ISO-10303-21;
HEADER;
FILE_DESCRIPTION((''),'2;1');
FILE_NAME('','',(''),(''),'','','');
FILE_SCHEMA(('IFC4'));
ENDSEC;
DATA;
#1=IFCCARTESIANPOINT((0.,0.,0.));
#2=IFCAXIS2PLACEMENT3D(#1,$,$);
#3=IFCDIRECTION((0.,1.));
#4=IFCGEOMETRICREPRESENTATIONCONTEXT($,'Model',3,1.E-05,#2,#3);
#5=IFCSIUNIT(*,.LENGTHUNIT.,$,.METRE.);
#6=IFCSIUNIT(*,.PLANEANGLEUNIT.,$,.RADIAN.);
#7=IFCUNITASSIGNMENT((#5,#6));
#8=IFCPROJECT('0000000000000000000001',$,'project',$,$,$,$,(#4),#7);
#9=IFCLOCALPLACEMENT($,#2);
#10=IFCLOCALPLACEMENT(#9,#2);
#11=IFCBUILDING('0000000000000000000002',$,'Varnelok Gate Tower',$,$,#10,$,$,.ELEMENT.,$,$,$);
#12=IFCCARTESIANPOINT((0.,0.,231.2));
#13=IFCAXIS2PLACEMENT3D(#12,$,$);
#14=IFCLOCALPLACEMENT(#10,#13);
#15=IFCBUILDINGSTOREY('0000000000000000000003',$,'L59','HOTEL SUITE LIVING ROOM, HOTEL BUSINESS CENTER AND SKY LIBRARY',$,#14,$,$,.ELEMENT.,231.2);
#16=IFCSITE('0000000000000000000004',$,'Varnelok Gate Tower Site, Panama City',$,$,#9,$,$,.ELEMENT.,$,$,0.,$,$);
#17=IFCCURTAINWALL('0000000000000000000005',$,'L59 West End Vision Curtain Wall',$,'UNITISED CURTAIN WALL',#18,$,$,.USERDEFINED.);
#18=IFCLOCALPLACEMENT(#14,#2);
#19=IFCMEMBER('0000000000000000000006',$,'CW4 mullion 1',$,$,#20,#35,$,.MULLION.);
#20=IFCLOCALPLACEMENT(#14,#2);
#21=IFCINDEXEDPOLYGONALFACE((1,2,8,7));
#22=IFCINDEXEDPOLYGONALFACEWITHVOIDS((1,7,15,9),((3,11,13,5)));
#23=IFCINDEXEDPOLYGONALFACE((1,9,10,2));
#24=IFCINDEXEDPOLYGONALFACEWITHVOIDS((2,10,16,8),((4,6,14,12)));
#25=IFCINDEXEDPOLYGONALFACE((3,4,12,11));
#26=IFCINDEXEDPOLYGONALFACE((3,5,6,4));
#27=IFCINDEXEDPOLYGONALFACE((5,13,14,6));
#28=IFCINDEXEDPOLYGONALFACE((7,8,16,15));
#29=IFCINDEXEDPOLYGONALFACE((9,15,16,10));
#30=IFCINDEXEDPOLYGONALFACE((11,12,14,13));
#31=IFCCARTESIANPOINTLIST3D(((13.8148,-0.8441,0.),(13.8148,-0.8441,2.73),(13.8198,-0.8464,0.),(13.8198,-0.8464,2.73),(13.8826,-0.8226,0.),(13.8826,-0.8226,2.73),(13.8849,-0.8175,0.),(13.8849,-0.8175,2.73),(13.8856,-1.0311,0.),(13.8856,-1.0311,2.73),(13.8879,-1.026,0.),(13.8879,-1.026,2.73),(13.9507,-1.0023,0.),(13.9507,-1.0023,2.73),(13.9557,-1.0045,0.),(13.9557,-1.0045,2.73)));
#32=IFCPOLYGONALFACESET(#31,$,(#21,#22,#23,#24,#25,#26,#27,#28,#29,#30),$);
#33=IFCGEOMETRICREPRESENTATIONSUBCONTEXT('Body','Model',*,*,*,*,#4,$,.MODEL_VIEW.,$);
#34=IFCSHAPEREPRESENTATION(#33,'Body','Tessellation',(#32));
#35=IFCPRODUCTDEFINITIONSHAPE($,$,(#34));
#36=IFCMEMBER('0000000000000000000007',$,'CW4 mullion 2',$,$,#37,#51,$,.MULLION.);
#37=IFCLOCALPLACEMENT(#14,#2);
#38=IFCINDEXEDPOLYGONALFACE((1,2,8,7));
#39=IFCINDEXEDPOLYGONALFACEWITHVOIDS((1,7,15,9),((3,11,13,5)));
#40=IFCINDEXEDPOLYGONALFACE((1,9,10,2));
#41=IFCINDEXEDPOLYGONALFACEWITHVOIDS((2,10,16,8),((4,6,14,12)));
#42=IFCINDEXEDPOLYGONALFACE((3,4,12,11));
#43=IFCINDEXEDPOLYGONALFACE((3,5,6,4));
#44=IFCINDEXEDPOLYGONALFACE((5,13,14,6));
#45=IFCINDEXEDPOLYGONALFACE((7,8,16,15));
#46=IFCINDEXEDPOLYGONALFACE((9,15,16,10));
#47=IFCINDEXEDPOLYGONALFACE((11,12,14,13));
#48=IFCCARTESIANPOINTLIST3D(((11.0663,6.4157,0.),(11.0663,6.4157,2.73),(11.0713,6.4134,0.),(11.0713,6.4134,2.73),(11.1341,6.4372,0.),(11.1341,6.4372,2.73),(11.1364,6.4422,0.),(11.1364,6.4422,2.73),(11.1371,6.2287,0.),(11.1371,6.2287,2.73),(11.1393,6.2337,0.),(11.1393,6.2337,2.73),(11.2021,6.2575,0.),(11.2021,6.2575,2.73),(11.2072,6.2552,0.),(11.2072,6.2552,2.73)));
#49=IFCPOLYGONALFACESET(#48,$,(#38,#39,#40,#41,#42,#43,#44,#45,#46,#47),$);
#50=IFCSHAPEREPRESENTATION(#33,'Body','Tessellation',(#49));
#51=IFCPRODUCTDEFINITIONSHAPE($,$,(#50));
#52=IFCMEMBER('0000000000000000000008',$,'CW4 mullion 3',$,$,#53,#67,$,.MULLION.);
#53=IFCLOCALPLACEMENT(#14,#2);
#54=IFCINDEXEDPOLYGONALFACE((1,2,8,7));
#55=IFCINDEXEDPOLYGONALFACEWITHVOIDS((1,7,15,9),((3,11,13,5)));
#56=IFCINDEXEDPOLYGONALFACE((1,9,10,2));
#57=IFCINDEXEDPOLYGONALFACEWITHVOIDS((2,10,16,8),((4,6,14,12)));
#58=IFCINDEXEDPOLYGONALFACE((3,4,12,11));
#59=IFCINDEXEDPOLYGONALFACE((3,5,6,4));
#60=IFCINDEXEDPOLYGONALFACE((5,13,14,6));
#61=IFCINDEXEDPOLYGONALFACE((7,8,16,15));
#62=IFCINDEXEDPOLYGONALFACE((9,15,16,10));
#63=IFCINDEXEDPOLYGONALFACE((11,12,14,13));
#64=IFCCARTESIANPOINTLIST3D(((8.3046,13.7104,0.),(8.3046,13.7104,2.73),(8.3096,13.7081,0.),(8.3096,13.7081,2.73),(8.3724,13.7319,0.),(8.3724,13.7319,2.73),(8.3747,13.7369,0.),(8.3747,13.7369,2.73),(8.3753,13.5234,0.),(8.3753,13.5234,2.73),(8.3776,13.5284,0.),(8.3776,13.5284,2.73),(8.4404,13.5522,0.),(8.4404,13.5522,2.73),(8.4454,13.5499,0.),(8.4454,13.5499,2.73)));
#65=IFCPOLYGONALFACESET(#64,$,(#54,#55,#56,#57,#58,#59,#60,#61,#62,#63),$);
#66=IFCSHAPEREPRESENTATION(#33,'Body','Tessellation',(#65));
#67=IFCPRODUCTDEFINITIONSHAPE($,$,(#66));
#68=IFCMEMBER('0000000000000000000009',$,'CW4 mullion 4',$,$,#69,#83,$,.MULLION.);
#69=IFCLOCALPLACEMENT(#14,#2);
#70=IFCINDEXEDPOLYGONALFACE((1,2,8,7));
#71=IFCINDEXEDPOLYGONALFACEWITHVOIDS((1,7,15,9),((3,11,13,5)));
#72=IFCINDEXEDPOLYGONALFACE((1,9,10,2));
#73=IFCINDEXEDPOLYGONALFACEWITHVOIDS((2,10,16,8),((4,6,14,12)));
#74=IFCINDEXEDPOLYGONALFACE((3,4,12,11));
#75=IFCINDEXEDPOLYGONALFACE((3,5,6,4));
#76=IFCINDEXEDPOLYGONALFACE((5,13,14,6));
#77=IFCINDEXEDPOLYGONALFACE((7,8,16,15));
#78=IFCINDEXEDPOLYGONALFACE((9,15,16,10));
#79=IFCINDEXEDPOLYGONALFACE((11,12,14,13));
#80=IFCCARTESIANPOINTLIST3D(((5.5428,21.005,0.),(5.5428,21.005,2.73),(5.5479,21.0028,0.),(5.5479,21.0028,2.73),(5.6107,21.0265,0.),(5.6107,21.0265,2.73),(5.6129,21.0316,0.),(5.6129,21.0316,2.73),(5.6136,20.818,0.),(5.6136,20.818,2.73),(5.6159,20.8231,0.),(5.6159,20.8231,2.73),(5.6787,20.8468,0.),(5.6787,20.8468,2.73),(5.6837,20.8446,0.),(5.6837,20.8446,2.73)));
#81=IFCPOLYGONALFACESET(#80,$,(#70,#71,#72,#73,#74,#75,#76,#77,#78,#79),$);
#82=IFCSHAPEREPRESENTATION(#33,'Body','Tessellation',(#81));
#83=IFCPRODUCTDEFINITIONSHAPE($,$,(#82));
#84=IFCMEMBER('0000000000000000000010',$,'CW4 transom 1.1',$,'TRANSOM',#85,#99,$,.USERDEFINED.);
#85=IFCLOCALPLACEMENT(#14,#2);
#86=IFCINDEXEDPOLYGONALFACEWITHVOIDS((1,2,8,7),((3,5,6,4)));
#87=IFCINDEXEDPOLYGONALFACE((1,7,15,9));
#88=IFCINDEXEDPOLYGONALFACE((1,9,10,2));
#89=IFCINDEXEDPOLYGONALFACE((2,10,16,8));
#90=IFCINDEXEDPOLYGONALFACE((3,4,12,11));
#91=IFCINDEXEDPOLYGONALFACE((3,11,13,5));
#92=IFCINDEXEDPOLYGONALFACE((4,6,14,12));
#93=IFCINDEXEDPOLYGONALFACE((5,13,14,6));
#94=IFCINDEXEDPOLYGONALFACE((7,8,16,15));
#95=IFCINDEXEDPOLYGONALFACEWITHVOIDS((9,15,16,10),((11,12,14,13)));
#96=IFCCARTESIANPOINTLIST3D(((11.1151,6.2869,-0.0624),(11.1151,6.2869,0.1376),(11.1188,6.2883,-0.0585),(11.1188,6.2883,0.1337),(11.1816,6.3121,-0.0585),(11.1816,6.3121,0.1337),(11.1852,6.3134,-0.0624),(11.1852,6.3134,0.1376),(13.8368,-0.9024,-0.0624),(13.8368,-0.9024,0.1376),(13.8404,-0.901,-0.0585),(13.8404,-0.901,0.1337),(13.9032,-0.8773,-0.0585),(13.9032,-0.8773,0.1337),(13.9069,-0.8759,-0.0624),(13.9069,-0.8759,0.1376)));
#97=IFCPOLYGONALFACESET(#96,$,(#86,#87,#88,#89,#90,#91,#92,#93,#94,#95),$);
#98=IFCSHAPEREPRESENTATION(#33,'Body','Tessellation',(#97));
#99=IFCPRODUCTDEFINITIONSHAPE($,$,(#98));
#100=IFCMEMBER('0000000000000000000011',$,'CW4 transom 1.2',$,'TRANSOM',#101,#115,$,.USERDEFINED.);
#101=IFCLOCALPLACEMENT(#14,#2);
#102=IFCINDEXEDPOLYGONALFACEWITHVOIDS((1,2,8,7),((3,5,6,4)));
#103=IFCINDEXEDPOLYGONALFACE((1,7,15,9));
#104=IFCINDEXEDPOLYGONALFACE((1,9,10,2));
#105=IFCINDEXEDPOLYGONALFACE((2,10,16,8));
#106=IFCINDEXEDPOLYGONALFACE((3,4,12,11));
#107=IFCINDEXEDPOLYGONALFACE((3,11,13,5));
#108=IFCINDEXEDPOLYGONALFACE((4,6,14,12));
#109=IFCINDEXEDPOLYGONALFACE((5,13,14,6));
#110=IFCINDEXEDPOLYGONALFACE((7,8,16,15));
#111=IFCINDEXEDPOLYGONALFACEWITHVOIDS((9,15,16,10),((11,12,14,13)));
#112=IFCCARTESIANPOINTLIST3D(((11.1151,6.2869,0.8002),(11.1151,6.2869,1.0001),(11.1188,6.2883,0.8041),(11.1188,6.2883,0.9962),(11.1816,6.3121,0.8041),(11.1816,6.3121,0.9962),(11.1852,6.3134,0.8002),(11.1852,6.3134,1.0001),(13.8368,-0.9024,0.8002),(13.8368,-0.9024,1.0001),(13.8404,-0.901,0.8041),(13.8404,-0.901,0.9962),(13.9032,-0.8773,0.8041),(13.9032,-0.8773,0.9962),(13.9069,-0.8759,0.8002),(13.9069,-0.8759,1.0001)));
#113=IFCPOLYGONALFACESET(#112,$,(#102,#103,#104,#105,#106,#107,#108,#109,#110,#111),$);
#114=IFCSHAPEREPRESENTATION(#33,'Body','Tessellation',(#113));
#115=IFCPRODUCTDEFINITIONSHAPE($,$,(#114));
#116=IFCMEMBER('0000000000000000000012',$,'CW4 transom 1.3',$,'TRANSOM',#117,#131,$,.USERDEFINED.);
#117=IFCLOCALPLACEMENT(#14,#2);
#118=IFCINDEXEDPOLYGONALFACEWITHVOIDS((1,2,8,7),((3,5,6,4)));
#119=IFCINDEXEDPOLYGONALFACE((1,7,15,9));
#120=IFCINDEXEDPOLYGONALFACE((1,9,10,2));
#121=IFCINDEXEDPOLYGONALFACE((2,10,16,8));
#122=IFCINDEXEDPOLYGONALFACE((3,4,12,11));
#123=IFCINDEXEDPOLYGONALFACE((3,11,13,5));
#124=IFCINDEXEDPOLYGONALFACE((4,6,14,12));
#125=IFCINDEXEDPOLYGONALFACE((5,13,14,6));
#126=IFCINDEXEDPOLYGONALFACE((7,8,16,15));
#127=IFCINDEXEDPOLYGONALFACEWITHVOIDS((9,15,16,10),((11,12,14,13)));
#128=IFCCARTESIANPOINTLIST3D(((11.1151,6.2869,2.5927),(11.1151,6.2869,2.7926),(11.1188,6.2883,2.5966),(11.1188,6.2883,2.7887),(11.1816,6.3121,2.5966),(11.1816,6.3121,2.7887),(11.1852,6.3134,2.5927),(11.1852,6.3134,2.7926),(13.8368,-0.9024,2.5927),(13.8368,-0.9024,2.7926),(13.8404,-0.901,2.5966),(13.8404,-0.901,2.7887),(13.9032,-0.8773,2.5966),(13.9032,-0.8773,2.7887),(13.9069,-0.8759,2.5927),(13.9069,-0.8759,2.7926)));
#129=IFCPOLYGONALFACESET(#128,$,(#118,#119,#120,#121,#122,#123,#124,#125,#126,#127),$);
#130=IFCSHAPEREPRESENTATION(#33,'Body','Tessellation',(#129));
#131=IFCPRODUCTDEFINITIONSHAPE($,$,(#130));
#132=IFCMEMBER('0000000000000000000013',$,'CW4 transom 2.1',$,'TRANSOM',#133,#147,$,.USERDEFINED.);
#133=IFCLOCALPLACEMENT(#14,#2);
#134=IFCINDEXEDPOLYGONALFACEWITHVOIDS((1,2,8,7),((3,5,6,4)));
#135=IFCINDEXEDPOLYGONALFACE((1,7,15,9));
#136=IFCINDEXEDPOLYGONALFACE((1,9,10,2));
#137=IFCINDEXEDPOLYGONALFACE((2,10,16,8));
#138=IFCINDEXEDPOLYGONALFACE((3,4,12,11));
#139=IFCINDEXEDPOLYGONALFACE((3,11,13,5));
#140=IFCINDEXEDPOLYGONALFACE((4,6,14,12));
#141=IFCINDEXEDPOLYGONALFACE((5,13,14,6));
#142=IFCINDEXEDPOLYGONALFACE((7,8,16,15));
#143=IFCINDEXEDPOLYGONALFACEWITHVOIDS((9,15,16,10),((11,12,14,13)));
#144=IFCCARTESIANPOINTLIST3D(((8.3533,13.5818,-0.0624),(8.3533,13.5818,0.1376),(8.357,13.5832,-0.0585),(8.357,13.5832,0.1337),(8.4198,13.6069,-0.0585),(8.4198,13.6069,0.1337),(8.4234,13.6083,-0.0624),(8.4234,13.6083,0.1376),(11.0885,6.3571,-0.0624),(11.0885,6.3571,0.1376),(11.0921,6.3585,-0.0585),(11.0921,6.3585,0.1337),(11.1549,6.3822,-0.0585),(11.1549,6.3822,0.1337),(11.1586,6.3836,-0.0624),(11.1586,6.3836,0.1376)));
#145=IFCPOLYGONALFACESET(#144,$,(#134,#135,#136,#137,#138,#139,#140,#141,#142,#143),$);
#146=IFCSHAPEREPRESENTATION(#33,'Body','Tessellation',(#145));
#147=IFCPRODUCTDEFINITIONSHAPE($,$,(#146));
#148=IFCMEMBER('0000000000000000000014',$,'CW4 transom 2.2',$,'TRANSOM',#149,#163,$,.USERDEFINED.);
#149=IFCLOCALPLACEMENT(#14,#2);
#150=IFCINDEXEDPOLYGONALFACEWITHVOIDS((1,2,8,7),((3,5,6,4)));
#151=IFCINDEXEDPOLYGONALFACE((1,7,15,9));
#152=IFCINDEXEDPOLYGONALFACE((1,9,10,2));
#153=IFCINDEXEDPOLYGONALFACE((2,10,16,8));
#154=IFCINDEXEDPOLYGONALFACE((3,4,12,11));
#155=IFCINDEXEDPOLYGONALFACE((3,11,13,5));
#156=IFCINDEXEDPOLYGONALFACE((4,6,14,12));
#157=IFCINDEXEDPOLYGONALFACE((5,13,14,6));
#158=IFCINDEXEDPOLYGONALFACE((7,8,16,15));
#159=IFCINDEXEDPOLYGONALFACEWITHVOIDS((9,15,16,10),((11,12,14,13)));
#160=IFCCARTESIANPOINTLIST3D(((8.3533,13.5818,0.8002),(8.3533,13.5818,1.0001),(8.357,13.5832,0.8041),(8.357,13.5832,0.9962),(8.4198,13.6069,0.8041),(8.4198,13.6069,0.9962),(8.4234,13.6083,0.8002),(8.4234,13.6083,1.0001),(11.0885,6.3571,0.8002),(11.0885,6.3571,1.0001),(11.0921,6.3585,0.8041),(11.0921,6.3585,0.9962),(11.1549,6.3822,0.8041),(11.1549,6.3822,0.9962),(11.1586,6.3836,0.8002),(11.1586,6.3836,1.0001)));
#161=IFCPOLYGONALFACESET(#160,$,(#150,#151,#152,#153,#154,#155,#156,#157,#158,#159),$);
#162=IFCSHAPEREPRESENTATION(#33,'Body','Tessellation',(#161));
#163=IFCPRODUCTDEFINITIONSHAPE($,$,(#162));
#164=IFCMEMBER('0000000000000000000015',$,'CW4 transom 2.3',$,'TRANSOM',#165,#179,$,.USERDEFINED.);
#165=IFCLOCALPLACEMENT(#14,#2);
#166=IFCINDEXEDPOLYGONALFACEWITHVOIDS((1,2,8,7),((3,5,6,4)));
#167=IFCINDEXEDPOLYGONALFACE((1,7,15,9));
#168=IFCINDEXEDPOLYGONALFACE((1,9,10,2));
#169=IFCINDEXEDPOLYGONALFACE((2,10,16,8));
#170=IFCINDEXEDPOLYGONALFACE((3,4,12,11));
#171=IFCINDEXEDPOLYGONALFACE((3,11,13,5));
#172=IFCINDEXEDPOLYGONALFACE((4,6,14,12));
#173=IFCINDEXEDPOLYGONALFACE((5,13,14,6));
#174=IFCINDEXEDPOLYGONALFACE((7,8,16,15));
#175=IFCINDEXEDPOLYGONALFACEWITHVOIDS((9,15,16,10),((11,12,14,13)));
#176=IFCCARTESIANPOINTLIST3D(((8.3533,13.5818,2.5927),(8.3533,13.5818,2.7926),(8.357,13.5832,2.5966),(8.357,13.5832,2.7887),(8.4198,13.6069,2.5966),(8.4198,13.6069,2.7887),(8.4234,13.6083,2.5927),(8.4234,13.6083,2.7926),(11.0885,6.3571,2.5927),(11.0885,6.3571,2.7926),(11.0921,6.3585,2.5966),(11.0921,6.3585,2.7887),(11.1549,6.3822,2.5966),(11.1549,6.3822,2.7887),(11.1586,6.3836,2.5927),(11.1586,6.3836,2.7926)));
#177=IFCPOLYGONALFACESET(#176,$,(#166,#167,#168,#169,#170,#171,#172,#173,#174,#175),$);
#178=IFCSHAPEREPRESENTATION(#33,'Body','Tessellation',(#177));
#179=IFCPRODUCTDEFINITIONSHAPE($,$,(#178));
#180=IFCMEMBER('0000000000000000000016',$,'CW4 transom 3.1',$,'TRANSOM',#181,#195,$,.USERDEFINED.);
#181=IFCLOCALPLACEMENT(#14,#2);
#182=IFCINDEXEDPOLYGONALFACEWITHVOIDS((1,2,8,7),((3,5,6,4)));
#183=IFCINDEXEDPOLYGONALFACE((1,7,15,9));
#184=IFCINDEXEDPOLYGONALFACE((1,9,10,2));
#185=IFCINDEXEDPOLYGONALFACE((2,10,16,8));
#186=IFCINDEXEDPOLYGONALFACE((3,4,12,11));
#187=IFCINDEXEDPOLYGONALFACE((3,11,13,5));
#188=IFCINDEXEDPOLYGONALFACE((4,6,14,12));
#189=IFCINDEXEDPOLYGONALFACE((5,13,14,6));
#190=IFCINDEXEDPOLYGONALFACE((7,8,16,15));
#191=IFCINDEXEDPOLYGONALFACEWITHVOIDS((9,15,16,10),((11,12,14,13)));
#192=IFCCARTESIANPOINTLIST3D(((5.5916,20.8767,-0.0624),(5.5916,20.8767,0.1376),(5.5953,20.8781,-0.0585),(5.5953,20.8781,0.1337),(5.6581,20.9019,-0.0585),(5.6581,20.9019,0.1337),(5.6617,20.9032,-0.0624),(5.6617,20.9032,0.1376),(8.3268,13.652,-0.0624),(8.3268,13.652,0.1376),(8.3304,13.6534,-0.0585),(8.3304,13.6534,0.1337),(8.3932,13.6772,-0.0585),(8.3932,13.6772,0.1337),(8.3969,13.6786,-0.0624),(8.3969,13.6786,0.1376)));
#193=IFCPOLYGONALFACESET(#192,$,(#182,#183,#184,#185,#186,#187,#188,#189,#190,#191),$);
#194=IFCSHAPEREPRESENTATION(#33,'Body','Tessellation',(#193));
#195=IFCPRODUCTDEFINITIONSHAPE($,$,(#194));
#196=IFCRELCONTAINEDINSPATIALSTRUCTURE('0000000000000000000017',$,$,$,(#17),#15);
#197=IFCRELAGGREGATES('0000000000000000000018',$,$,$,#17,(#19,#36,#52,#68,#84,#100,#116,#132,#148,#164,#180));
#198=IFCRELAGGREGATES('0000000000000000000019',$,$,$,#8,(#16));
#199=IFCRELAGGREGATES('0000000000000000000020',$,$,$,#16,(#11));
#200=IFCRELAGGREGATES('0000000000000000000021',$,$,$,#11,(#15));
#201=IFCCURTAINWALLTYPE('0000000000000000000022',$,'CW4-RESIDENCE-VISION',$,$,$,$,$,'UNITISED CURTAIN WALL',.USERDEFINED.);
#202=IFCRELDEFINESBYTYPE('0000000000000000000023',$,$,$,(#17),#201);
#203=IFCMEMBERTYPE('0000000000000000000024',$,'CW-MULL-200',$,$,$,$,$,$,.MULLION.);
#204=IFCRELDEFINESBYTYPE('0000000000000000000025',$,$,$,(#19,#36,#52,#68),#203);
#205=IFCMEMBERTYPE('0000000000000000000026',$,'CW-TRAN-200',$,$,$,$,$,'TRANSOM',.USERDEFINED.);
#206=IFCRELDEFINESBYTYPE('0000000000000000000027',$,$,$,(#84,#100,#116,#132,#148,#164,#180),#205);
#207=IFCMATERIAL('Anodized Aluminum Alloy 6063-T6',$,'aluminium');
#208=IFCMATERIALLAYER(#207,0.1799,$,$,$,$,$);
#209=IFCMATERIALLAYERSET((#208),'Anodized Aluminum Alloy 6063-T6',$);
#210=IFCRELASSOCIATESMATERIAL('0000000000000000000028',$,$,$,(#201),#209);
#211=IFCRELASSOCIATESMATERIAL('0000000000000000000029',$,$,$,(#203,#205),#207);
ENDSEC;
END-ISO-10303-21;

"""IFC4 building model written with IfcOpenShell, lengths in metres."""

from ifc_helpers import new_model, si_unit, direction, frame, origin, origin_2d, place, context, subcontext, project, spatial, hollow_rectangle, extrude, material, layer, layer_set, material_profile, profile_set, type_object, element, aggregate, save


model = new_model("IFC4")

# Units and contexts
model_context = context("Model", 3, precision=1e-05, world=origin(), true_north=direction((0.0, 1.0)))
body_context = subcontext(model_context, "Body", "Model", "MODEL_VIEW")
ifc_project = project(units=[si_unit("LENGTHUNIT", "METRE"), si_unit("PLANEANGLEUNIT", "RADIAN")], contexts=[model_context])

# Site, building, storey
site_placement = place(None, origin())
site = spatial("IfcSite", under=ifc_project, at=site_placement, Name="Varnelok Gate Tower Site, Panama City", CompositionType="ELEMENT", RefElevation=0.0)
building_placement = place(site_placement, origin())
building = spatial("IfcBuilding", under=site, at=building_placement, Name="Varnelok Gate Tower", CompositionType="ELEMENT")
storey_placement = place(building_placement, frame((0.0, 0.0, 231.2)))
storey = spatial("IfcBuildingStorey", under=building, at=storey_placement, Name="L59", Description="HOTEL SUITE LIVING ROOM, HOTEL BUSINESS CENTER AND SKY LIBRARY", CompositionType="ELEMENT", Elevation=231.2)

# Curtain wall, members
ifc_material_1 = material(Name="Anodized Aluminum Alloy 6063-T6", Category="aluminium")
ifc_layer_1 = layer(ifc_material_1, 0.1799)
ifc_layer_set_1 = layer_set([ifc_layer_1], Name="Anodized Aluminum Alloy 6063-T6")
curtain_wall_type = type_object("IfcCurtainWallType", Name="CW4-RESIDENCE-VISION", ElementType="UNITISED CURTAIN WALL", PredefinedType="USERDEFINED", material=ifc_layer_set_1)
curtain_wall_placement = place(storey_placement, origin())
curtain_wall = element("IfcCurtainWall", 1, at=curtain_wall_placement, inside=storey, type_object=curtain_wall_type, Name="L59 West End Vision Curtain Wall", ObjectType="UNITISED CURTAIN WALL", PredefinedType="USERDEFINED")
ifc_material_profile_1 = material_profile(ifc_material_1, hollow_rectangle(XDim=0.075, YDim=0.2, WallThickness=0.0039, at=origin_2d()), Name="ALU200X75X4")
ifc_profile_set_1 = profile_set([ifc_material_profile_1], Name="Anodized Aluminum Alloy 6063-T6")
member_type_1 = type_object("IfcMemberType", Name="CW-MULL-200", PredefinedType="MULLION", material=ifc_profile_set_1)
member_1_placement = place(storey_placement, frame((13.8853, -0.9243, 0.0), z_axis=(0.0, 0.0, 1.0), x_axis=(-0.935222, -0.354063, 0.0)))
member_1 = element("IfcMember", 2, at=member_1_placement, type_object=member_type_1, Name="CW4 mullion 1", PredefinedType="MULLION", context=body_context, shape_type="SweptSolid", body=[
    extrude(hollow_rectangle(XDim=0.075, YDim=0.2, WallThickness=0.0039, at=origin_2d()), origin(), (0.0, 0.0, 1.0), 2.73),
])
member_2_placement = place(storey_placement, frame((11.1367, 6.3354, 0.0), z_axis=(0.0, 0.0, 1.0), x_axis=(-0.935222, -0.354063, 0.0)))
member_2 = element("IfcMember", 3, at=member_2_placement, type_object=member_type_1, Name="CW4 mullion 2", PredefinedType="MULLION", context=body_context, shape_type="SweptSolid", body=[
    extrude(hollow_rectangle(XDim=0.075, YDim=0.2, WallThickness=0.0039, at=origin_2d()), origin(), (0.0, 0.0, 1.0), 2.73),
])
member_3_placement = place(storey_placement, frame((8.375, 13.6301, 0.0), z_axis=(0.0, 0.0, 1.0), x_axis=(-0.935222, -0.354063, 0.0)))
member_3 = element("IfcMember", 4, at=member_3_placement, type_object=member_type_1, Name="CW4 mullion 3", PredefinedType="MULLION", context=body_context, shape_type="SweptSolid", body=[
    extrude(hollow_rectangle(XDim=0.075, YDim=0.2, WallThickness=0.0039, at=origin_2d()), origin(), (0.0, 0.0, 1.0), 2.73),
])
member_4_placement = place(storey_placement, frame((5.6133, 20.9248, 0.0), z_axis=(0.0, 0.0, 1.0), x_axis=(-0.935222, -0.354063, 0.0)))
member_4 = element("IfcMember", 5, at=member_4_placement, type_object=member_type_1, Name="CW4 mullion 4", PredefinedType="MULLION", context=body_context, shape_type="SweptSolid", body=[
    extrude(hollow_rectangle(XDim=0.075, YDim=0.2, WallThickness=0.0039, at=origin_2d()), origin(), (0.0, 0.0, 1.0), 2.73),
])
ifc_material_profile_2 = material_profile(ifc_material_1, hollow_rectangle(XDim=0.075, YDim=0.2, WallThickness=0.0039, at=origin_2d()), Name="ALU200X75X4")
ifc_profile_set_2 = profile_set([ifc_material_profile_2], Name="Anodized Aluminum Alloy 6063-T6")
member_type_2 = type_object("IfcMemberType", Name="CW-TRAN-200", ElementType="TRANSOM", PredefinedType="USERDEFINED", material=ifc_profile_set_2)
member_5_placement = place(storey_placement, frame((13.8718, -0.8892, 0.0376), z_axis=(-0.354045, 0.935228, 0.0), x_axis=(-0.935228, -0.354045, 0.0)))
member_5 = element("IfcMember", 6, at=member_5_placement, type_object=member_type_2, Name="CW4 transom 1.1", ObjectType="TRANSOM", PredefinedType="USERDEFINED", context=body_context, shape_type="SweptSolid", body=[
    extrude(hollow_rectangle(XDim=0.075, YDim=0.2, WallThickness=0.0039, at=origin_2d()), origin(), (0.0, 0.0, 1.0), 7.6873),
])
member_6_placement = place(storey_placement, frame((13.8718, -0.8892, 0.9001), z_axis=(-0.354045, 0.935228, 0.0), x_axis=(-0.935228, -0.354045, 0.0)))
member_6 = element("IfcMember", 7, at=member_6_placement, type_object=member_type_2, Name="CW4 transom 1.2", ObjectType="TRANSOM", PredefinedType="USERDEFINED", context=body_context, shape_type="SweptSolid", body=[
    extrude(hollow_rectangle(XDim=0.075, YDim=0.2, WallThickness=0.0039, at=origin_2d()), origin(), (0.0, 0.0, 1.0), 7.6873),
])
member_7_placement = place(storey_placement, frame((13.8718, -0.8892, 2.6926), z_axis=(-0.354045, 0.935228, 0.0), x_axis=(-0.935228, -0.354045, 0.0)))
member_7 = element("IfcMember", 8, at=member_7_placement, type_object=member_type_2, Name="CW4 transom 1.3", ObjectType="TRANSOM", PredefinedType="USERDEFINED", context=body_context, shape_type="SweptSolid", body=[
    extrude(hollow_rectangle(XDim=0.075, YDim=0.2, WallThickness=0.0039, at=origin_2d()), origin(), (0.0, 0.0, 1.0), 7.6873),
])
member_8_placement = place(storey_placement, frame((11.1235, 6.3704, 0.0376), z_axis=(-0.354059, 0.935223, 0.0), x_axis=(-0.935223, -0.354059, 0.0)))
member_8 = element("IfcMember", 9, at=member_8_placement, type_object=member_type_2, Name="CW4 transom 2.1", ObjectType="TRANSOM", PredefinedType="USERDEFINED", context=body_context, shape_type="SweptSolid", body=[
    extrude(hollow_rectangle(XDim=0.075, YDim=0.2, WallThickness=0.0039, at=origin_2d()), origin(), (0.0, 0.0, 1.0), 7.7251),
])
member_9_placement = place(storey_placement, frame((11.1235, 6.3704, 0.9001), z_axis=(-0.354059, 0.935223, 0.0), x_axis=(-0.935223, -0.354059, 0.0)))
member_9 = element("IfcMember", 10, at=member_9_placement, type_object=member_type_2, Name="CW4 transom 2.2", ObjectType="TRANSOM", PredefinedType="USERDEFINED", context=body_context, shape_type="SweptSolid", body=[
    extrude(hollow_rectangle(XDim=0.075, YDim=0.2, WallThickness=0.0039, at=origin_2d()), origin(), (0.0, 0.0, 1.0), 7.7251),
])
member_10_placement = place(storey_placement, frame((11.1235, 6.3704, 2.6926), z_axis=(-0.354059, 0.935223, 0.0), x_axis=(-0.935223, -0.354059, 0.0)))
member_10 = element("IfcMember", 11, at=member_10_placement, type_object=member_type_2, Name="CW4 transom 2.3", ObjectType="TRANSOM", PredefinedType="USERDEFINED", context=body_context, shape_type="SweptSolid", body=[
    extrude(hollow_rectangle(XDim=0.075, YDim=0.2, WallThickness=0.0039, at=origin_2d()), origin(), (0.0, 0.0, 1.0), 7.7251),
])
member_11_placement = place(storey_placement, frame((8.3618, 13.6653, 0.0376), z_axis=(-0.354059, 0.935223, 0.0), x_axis=(-0.935223, -0.354059, 0.0)))
member_11 = element("IfcMember", 12, at=member_11_placement, type_object=member_type_2, Name="CW4 transom 3.1", ObjectType="TRANSOM", PredefinedType="USERDEFINED", context=body_context, shape_type="SweptSolid", body=[
    extrude(hollow_rectangle(XDim=0.075, YDim=0.2, WallThickness=0.0039, at=origin_2d()), origin(), (0.0, 0.0, 1.0), 7.7251),
])

aggregate(curtain_wall, [member_1, member_2, member_3, member_4, member_5, member_6, member_7, member_8, member_9, member_10, member_11])

save(model, "model.ifc")
